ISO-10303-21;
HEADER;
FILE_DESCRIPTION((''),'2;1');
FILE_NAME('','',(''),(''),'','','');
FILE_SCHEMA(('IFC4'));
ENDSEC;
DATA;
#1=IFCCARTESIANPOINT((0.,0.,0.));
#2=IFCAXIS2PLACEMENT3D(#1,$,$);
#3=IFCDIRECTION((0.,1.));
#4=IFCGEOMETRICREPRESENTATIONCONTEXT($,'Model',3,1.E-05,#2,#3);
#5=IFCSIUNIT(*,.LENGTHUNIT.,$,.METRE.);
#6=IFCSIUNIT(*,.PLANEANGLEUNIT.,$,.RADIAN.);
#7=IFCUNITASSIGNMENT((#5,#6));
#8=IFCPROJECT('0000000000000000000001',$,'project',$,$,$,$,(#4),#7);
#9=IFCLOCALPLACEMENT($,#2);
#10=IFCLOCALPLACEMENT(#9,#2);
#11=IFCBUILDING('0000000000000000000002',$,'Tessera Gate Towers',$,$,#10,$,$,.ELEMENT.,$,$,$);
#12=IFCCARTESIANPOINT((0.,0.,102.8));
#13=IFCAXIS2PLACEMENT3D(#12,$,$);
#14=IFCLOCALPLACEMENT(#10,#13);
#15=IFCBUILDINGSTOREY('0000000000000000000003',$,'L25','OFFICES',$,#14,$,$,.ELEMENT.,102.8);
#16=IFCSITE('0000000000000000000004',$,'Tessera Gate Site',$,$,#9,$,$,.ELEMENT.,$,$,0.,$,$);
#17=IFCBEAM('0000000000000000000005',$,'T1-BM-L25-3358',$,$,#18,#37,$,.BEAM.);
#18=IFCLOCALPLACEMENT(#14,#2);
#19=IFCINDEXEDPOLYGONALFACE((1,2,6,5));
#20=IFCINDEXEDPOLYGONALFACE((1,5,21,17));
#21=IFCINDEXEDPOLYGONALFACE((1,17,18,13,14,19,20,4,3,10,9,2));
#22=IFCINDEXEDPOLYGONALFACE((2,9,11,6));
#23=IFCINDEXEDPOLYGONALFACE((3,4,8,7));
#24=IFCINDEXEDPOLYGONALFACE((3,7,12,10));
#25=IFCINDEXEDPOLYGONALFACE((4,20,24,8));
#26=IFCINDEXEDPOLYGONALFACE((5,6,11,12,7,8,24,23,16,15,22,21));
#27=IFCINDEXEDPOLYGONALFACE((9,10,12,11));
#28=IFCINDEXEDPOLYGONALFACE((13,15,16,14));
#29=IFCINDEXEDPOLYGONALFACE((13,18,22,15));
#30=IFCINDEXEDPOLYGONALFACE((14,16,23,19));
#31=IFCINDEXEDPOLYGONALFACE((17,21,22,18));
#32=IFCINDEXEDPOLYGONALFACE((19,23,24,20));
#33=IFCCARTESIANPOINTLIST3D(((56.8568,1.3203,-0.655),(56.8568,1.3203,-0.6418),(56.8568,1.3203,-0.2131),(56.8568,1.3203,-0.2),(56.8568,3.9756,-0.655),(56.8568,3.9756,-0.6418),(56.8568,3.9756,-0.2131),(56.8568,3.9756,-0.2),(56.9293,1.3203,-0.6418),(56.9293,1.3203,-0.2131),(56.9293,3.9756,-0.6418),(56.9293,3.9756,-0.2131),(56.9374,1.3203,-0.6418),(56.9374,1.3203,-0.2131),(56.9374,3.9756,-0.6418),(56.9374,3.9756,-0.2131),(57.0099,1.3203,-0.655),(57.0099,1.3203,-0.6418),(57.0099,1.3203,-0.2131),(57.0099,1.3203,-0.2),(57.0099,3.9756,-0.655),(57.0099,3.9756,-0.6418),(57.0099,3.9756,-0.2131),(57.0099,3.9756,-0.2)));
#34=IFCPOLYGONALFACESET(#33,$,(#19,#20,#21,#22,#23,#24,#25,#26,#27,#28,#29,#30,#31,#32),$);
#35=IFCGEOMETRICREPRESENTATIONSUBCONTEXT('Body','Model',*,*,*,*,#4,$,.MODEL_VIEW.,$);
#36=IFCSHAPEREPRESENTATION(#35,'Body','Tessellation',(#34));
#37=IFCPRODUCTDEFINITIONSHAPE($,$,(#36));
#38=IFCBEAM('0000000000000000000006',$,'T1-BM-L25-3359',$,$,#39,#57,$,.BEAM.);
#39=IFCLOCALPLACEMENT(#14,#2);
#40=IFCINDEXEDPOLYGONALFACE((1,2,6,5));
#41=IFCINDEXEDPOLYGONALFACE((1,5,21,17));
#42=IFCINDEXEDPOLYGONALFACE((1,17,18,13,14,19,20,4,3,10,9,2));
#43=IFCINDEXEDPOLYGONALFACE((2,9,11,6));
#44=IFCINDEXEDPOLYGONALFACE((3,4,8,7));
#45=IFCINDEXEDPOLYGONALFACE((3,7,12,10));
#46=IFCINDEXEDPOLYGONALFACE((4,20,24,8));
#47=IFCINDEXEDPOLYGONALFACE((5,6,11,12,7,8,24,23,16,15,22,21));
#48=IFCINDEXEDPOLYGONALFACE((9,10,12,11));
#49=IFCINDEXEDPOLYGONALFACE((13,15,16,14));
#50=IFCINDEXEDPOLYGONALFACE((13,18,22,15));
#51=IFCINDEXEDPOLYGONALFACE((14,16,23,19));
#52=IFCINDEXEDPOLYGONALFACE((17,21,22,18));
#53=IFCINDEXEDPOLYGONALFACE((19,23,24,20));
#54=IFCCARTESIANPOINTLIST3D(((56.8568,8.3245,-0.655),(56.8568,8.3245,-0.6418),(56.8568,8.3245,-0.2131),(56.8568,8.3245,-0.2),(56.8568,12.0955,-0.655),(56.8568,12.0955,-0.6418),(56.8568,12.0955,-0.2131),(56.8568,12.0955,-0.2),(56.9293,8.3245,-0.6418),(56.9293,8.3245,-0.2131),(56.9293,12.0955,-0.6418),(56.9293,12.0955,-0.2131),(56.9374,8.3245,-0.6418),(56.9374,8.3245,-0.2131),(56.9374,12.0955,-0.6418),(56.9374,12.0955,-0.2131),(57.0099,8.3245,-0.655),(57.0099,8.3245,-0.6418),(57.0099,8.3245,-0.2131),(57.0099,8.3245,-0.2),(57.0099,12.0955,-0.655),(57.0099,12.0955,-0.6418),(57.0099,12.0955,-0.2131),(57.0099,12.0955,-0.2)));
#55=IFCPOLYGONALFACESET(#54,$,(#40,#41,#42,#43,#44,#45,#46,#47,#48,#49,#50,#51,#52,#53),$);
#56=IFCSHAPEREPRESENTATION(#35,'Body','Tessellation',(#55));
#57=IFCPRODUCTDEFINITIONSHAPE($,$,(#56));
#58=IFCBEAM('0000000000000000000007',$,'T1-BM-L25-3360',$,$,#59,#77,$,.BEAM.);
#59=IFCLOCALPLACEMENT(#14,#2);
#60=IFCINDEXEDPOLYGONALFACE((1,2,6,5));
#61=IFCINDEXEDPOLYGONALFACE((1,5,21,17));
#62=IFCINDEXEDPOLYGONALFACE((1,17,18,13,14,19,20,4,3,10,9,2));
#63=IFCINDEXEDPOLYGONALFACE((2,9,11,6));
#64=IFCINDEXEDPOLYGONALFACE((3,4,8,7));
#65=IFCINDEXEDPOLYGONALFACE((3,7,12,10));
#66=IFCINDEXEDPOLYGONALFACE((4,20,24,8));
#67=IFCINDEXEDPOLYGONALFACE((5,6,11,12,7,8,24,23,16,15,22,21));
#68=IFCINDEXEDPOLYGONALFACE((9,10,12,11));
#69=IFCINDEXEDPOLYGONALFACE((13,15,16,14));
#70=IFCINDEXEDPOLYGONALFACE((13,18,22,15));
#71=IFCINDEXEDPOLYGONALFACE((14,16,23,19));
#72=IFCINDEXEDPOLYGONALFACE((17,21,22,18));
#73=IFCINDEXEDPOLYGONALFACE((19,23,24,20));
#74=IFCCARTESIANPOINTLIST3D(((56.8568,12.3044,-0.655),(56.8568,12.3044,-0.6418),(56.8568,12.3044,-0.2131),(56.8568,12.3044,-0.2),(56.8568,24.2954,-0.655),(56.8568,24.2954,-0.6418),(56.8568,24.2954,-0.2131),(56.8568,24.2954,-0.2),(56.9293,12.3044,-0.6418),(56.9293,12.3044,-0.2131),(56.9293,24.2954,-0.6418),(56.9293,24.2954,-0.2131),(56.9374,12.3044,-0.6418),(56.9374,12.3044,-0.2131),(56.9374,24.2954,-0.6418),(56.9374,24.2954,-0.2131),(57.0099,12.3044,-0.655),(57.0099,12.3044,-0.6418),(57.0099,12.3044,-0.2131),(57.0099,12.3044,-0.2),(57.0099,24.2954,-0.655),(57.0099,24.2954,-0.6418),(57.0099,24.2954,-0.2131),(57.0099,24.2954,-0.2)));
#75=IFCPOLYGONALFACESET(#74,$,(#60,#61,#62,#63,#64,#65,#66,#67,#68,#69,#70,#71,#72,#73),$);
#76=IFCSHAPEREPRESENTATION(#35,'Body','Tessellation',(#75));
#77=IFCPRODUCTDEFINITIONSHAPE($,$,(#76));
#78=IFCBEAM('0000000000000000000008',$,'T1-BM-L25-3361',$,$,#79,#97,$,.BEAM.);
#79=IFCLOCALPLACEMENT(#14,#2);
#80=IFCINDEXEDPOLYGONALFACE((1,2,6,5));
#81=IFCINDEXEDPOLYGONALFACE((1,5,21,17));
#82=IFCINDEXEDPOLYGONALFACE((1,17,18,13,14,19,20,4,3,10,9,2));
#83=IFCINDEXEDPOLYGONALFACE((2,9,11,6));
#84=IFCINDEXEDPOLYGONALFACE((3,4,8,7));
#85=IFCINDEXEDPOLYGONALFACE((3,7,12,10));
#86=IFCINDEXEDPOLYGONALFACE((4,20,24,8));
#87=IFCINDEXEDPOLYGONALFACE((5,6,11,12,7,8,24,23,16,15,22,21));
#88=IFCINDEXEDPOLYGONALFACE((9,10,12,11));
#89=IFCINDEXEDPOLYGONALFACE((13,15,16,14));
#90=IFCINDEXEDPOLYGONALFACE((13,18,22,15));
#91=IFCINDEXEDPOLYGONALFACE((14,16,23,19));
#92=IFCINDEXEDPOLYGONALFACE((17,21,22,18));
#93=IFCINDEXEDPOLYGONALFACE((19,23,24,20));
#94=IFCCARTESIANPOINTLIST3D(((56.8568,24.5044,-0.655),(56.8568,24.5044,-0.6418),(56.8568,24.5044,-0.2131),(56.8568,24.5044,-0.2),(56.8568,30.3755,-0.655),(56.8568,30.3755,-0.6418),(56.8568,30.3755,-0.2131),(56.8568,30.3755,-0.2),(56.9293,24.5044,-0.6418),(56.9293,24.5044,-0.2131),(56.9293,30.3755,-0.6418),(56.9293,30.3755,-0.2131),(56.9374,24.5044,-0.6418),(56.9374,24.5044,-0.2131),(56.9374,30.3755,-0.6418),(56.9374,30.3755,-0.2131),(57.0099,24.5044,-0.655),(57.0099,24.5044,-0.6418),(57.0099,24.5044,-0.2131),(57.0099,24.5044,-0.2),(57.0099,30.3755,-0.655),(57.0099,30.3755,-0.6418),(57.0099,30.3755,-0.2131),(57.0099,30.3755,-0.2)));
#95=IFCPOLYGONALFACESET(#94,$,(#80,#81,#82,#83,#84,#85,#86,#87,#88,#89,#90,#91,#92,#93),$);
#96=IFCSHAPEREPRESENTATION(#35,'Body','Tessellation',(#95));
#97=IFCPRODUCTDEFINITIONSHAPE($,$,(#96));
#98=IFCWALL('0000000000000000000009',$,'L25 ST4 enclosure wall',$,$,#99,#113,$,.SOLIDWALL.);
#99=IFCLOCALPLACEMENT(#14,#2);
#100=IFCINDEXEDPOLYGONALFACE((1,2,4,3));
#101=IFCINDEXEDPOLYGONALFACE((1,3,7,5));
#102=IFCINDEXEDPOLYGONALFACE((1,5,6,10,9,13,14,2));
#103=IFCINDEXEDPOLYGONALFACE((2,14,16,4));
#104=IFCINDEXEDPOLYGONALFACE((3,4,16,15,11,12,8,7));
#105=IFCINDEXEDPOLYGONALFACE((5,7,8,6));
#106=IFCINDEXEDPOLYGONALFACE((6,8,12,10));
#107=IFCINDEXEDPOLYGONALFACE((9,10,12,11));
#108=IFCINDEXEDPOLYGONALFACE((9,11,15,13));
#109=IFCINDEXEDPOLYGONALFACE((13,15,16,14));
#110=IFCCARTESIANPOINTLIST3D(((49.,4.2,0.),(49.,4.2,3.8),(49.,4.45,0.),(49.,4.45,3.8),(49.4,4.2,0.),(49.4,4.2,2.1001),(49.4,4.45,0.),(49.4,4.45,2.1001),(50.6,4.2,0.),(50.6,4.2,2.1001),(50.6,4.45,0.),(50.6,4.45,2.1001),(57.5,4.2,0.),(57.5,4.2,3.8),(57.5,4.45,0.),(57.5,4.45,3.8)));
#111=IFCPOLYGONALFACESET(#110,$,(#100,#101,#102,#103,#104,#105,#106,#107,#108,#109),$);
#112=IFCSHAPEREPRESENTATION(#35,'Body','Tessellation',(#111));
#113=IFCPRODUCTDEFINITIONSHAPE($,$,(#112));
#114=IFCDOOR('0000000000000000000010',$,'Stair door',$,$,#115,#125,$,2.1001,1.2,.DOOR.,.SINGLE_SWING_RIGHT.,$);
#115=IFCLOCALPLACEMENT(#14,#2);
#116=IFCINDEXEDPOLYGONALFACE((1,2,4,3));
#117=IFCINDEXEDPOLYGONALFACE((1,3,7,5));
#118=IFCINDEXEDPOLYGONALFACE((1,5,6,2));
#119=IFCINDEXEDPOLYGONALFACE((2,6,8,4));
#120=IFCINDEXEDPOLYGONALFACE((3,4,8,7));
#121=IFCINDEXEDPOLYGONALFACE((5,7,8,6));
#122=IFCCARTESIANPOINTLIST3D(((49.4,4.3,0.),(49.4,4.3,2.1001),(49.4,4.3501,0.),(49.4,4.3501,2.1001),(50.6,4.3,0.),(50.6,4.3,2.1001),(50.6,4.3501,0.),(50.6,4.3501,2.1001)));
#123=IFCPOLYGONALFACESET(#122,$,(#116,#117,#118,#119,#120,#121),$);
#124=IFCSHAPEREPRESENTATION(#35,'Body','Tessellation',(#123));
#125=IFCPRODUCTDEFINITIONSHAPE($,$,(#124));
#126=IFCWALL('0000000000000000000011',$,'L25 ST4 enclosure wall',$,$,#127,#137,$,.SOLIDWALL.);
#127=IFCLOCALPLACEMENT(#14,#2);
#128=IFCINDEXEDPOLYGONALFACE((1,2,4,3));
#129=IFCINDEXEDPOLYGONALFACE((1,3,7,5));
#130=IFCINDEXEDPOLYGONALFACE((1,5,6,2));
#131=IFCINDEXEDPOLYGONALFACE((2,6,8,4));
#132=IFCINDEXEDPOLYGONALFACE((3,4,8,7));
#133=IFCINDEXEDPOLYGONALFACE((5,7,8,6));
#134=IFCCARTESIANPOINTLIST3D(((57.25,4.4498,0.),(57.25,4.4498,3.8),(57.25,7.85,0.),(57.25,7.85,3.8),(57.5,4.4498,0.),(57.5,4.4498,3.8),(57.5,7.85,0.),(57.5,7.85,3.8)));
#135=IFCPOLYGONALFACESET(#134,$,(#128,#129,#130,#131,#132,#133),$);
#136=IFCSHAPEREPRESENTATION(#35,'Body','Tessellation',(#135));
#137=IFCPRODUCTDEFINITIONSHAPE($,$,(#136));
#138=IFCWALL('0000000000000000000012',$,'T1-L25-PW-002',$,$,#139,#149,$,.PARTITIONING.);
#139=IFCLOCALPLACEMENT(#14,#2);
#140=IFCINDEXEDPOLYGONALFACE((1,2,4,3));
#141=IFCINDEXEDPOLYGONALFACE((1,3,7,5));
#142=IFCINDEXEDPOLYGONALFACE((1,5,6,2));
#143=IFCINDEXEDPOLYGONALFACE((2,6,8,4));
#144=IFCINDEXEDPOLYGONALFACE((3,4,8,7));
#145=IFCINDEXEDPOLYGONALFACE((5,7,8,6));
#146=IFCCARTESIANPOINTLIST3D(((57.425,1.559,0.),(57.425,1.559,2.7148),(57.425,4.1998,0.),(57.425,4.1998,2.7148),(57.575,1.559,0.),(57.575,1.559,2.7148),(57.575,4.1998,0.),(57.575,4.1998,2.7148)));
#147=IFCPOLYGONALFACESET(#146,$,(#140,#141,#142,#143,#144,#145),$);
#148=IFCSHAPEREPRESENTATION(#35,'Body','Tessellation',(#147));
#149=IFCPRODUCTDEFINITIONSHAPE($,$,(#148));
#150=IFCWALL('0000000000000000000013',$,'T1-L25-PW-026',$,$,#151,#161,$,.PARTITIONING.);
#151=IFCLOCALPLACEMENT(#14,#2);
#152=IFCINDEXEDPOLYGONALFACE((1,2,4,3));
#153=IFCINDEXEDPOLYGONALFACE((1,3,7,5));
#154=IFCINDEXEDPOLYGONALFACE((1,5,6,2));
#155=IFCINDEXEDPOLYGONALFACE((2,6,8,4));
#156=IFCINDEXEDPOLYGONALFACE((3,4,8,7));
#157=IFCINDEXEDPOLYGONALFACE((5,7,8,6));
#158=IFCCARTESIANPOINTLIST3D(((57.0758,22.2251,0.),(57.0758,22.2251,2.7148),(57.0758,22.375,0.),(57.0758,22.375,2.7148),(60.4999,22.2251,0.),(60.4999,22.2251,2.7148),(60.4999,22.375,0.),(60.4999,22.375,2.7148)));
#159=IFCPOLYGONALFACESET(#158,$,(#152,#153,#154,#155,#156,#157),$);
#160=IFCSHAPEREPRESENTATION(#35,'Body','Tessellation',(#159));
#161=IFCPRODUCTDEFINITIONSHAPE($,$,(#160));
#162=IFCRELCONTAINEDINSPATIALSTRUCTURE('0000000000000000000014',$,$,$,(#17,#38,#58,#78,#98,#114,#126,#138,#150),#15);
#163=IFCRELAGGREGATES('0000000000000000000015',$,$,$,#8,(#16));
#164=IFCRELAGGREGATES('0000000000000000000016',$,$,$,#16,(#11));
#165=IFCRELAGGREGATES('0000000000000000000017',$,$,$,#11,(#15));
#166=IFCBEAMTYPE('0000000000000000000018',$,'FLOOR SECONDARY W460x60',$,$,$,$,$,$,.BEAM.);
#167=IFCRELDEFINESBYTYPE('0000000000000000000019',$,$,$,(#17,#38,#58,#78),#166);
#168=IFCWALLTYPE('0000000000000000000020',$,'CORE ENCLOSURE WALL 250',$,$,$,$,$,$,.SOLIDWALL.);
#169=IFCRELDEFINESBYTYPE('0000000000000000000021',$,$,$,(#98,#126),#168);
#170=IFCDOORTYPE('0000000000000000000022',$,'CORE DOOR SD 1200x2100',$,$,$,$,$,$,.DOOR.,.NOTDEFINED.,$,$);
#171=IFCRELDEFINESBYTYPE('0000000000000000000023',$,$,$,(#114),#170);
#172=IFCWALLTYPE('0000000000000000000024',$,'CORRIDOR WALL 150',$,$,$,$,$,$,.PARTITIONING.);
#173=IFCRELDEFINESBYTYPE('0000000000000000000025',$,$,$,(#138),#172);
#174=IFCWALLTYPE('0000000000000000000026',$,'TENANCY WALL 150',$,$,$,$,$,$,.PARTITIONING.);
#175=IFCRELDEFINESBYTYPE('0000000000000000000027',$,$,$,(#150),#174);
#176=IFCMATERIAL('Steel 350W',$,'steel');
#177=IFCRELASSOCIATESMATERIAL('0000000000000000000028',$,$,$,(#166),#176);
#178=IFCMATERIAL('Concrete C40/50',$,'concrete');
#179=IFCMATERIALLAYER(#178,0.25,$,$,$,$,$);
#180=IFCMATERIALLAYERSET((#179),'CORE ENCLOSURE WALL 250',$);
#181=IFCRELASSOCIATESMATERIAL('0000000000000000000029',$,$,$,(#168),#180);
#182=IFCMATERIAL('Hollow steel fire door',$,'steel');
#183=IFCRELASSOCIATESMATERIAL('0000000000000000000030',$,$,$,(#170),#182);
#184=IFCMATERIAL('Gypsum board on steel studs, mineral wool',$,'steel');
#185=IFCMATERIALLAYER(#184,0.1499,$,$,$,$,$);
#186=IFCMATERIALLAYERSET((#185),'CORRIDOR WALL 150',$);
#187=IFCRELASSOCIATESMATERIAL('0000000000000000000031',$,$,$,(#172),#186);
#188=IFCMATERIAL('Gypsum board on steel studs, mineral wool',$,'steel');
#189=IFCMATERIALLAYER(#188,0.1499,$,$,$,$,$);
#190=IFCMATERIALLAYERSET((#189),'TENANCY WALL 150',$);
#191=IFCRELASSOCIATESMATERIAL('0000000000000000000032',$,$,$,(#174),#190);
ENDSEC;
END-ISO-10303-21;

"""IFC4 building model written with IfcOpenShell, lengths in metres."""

from ifc_helpers import new_model, si_unit, direction, frame, frame_2d, origin, origin_2d, place, context, subcontext, project, spatial, rectangle, i_section, extrude, source, transform, mapped, material, layer, layer_set, material_profile, profile_set, type_object, element, fill, save


model = new_model("IFC4")

# Units and contexts
model_context = context("Model", 3, precision=1e-05, world=origin(), true_north=direction((0.0, 1.0)))
body_context = subcontext(model_context, "Body", "Model", "MODEL_VIEW")
ifc_project = project(units=[si_unit("LENGTHUNIT", "METRE"), si_unit("PLANEANGLEUNIT", "RADIAN")], contexts=[model_context])

# Site, building, storey
site_placement = place(None, origin())
site = spatial("IfcSite", under=ifc_project, at=site_placement, Name="Tessera Gate Site", CompositionType="ELEMENT", RefElevation=0.0)
building_placement = place(site_placement, origin())
building = spatial("IfcBuilding", under=site, at=building_placement, Name="Tessera Gate Towers", CompositionType="ELEMENT")
storey_placement = place(building_placement, frame((0.0, 0.0, 102.8)))
storey = spatial("IfcBuildingStorey", under=building, at=storey_placement, Name="L25", Description="OFFICES", CompositionType="ELEMENT", Elevation=102.8)

# Beams
ifc_material_1 = material(Name="Steel 350W", Category="steel")
ifc_material_profile = material_profile(ifc_material_1, i_section(OverallWidth=0.1531, OverallDepth=0.4551, WebThickness=0.0081, FlangeThickness=0.0132, at=origin_2d()), Name="W460x60")
ifc_profile_set = profile_set([ifc_material_profile], Name="Steel 350W")
beam_type = type_object("IfcBeamType", Name="FLOOR SECONDARY W460x60", PredefinedType="BEAM", material=ifc_profile_set)
beam_1_placement = place(storey_placement, frame((56.9333, 1.3203, -0.4275), z_axis=(0.0, 1.0, 0.0), x_axis=(-1.0, 0.0, 0.0)))
element("IfcBeam", 1, at=beam_1_placement, inside=storey, type_object=beam_type, Name="T1-BM-L25-3358", PredefinedType="BEAM", context=body_context, shape_type="SweptSolid", body=[
    extrude(i_section(OverallWidth=0.1531, OverallDepth=0.4551, WebThickness=0.0081, FlangeThickness=0.0132, at=origin_2d()), origin(), (0.0, 0.0, 1.0), 2.6553),
])
beam_2_placement = place(storey_placement, frame((56.9333, 8.3245, -0.4275), z_axis=(0.0, 1.0, 0.0), x_axis=(-1.0, 0.0, 0.0)))
element("IfcBeam", 2, at=beam_2_placement, inside=storey, type_object=beam_type, Name="T1-BM-L25-3359", PredefinedType="BEAM", context=body_context, shape_type="SweptSolid", body=[
    extrude(i_section(OverallWidth=0.1531, OverallDepth=0.4551, WebThickness=0.0081, FlangeThickness=0.0132, at=origin_2d()), origin(), (0.0, 0.0, 1.0), 3.771),
])
beam_3_placement = place(storey_placement, frame((56.9333, 12.3044, -0.4275), z_axis=(0.0, 1.0, 0.0), x_axis=(-1.0, 0.0, 0.0)))
element("IfcBeam", 3, at=beam_3_placement, inside=storey, type_object=beam_type, Name="T1-BM-L25-3360", PredefinedType="BEAM", context=body_context, shape_type="SweptSolid", body=[
    extrude(i_section(OverallWidth=0.1531, OverallDepth=0.4551, WebThickness=0.0081, FlangeThickness=0.0132, at=origin_2d()), origin(), (0.0, 0.0, 1.0), 11.991),
])
beam_4_placement = place(storey_placement, frame((56.9333, 24.5044, -0.4275), z_axis=(0.0, 1.0, 0.0), x_axis=(-1.0, 0.0, 0.0)))
element("IfcBeam", 4, at=beam_4_placement, inside=storey, type_object=beam_type, Name="T1-BM-L25-3361", PredefinedType="BEAM", context=body_context, shape_type="SweptSolid", body=[
    extrude(i_section(OverallWidth=0.1531, OverallDepth=0.4551, WebThickness=0.0081, FlangeThickness=0.0132, at=origin_2d()), origin(), (0.0, 0.0, 1.0), 5.8711),
])

# Wall, opening, door
ifc_material_2 = material(Name="Concrete C40/50", Category="concrete")
ifc_layer_1 = layer(ifc_material_2, 0.25)
ifc_layer_set_1 = layer_set([ifc_layer_1], Name="CORE ENCLOSURE WALL 250")
wall_type_1 = type_object("IfcWallType", Name="CORE ENCLOSURE WALL 250", PredefinedType="SOLIDWALL", material=ifc_layer_set_1)
wall_1_placement = place(storey_placement, frame((57.5, 4.325, 0.0), z_axis=(0.0, 0.0, 1.0), x_axis=(-1.0, 0.0, 0.0)))
wall_1 = element("IfcWall", 5, at=wall_1_placement, inside=storey, type_object=wall_type_1, Name="L25 ST4 enclosure wall", PredefinedType="SOLIDWALL", context=body_context, shape_type="SweptSolid", body=[
    extrude(rectangle(XDim=8.5, YDim=0.25, at=frame_2d((4.25, 0.0))), origin(), (0.0, 0.0, 1.0), 3.8),
])
shared_shape_1 = source(origin(), body_context, "Body", "SweptSolid", [
    extrude(rectangle(XDim=1.2, YDim=2.1001, at=frame_2d((0.6001, 1.05))), frame((0.0, 0.135, 0.0), z_axis=(0.0, -1.0, 0.0), x_axis=(1.0, 0.0, 0.0)), (0.0, 0.0, 1.0), 0.27),
])
opening_1_placement = place(wall_1_placement, frame((6.8999, 0.0, 0.0)))
opening_1 = element("IfcOpeningElement", 6, at=opening_1_placement, cuts=wall_1, PredefinedType="OPENING", context=body_context, shape_type="MappedRepresentation", body=[
    mapped(shared_shape_1, transform((0.0, 0.0, 0.0), scale=1.0)),
])
ifc_material_3 = material(Name="Hollow steel fire door", Category="steel")
door_type = type_object("IfcDoorType", Name="CORE DOOR SD 1200x2100", OperationType="NOTDEFINED", PredefinedType="DOOR", material=ifc_material_3)
shared_shape_2 = source(origin(), body_context, "Body", "SweptSolid", [
    extrude(rectangle(XDim=1.2, YDim=2.1001, at=frame_2d((0.6001, 1.05))), frame((0.0, 0.0249, 0.0), z_axis=(0.0, -1.0, 0.0), x_axis=(1.0, 0.0, 0.0)), (0.0, 0.0, 1.0), 0.05),
])
door_placement = place(opening_1_placement, origin())
door = element("IfcDoor", 7, at=door_placement, inside=storey, type_object=door_type, Name="Stair door", OperationType="SINGLE_SWING_RIGHT", OverallHeight=2.1001, OverallWidth=1.2, PredefinedType="DOOR", context=body_context, shape_type="MappedRepresentation", body=[
    mapped(shared_shape_2, transform((0.0, 0.0, 0.0), scale=1.0)),
])
fill(opening_1, door)

# Walls
wall_2_placement = place(storey_placement, frame((57.375, 7.8501, 0.0), z_axis=(0.0, 0.0, 1.0), x_axis=(0.0, -1.0, 0.0)))
element("IfcWall", 8, at=wall_2_placement, inside=storey, type_object=wall_type_1, Name="L25 ST4 enclosure wall", PredefinedType="SOLIDWALL", context=body_context, shape_type="SweptSolid", body=[
    extrude(rectangle(XDim=3.4001, YDim=0.25, at=frame_2d((1.7002, 0.0))), origin(), (0.0, 0.0, 1.0), 3.8),
])
ifc_material_4 = material(Name="Gypsum board on steel studs, mineral wool", Category="steel")
ifc_layer_2 = layer(ifc_material_4, 0.1499)
ifc_layer_set_2 = layer_set([ifc_layer_2], Name="CORRIDOR WALL 150")
wall_type_2 = type_object("IfcWallType", Name="CORRIDOR WALL 150", PredefinedType="PARTITIONING", material=ifc_layer_set_2)
wall_3_placement = place(storey_placement, frame((57.5, 1.5591, 0.0), z_axis=(0.0, 0.0, 1.0), x_axis=(0.0, 1.0, 0.0)))
element("IfcWall", 9, at=wall_3_placement, inside=storey, type_object=wall_type_2, Name="T1-L25-PW-002", PredefinedType="PARTITIONING", context=body_context, shape_type="SweptSolid", body=[
    extrude(rectangle(XDim=2.6409, YDim=0.1499, at=frame_2d((1.3203, 0.0))), origin(), (0.0, 0.0, 1.0), 2.7148),
])
ifc_material_5 = material(Name="Gypsum board on steel studs, mineral wool", Category="steel")
ifc_layer_3 = layer(ifc_material_5, 0.1499)
ifc_layer_set_3 = layer_set([ifc_layer_3], Name="TENANCY WALL 150")
wall_type_3 = type_object("IfcWallType", Name="TENANCY WALL 150", PredefinedType="PARTITIONING", material=ifc_layer_set_3)
wall_4_placement = place(storey_placement, frame((57.0759, 22.3, 0.0), z_axis=(0.0, 0.0, 1.0), x_axis=(1.0, 0.0, 0.0)))
element("IfcWall", 10, at=wall_4_placement, inside=storey, type_object=wall_type_3, Name="T1-L25-PW-026", PredefinedType="PARTITIONING", context=body_context, shape_type="SweptSolid", body=[
    extrude(rectangle(XDim=3.4241, YDim=0.1499, at=frame_2d((1.7119, 0.0))), origin(), (0.0, 0.0, 1.0), 2.7148),
])

save(model, "model.ifc")
